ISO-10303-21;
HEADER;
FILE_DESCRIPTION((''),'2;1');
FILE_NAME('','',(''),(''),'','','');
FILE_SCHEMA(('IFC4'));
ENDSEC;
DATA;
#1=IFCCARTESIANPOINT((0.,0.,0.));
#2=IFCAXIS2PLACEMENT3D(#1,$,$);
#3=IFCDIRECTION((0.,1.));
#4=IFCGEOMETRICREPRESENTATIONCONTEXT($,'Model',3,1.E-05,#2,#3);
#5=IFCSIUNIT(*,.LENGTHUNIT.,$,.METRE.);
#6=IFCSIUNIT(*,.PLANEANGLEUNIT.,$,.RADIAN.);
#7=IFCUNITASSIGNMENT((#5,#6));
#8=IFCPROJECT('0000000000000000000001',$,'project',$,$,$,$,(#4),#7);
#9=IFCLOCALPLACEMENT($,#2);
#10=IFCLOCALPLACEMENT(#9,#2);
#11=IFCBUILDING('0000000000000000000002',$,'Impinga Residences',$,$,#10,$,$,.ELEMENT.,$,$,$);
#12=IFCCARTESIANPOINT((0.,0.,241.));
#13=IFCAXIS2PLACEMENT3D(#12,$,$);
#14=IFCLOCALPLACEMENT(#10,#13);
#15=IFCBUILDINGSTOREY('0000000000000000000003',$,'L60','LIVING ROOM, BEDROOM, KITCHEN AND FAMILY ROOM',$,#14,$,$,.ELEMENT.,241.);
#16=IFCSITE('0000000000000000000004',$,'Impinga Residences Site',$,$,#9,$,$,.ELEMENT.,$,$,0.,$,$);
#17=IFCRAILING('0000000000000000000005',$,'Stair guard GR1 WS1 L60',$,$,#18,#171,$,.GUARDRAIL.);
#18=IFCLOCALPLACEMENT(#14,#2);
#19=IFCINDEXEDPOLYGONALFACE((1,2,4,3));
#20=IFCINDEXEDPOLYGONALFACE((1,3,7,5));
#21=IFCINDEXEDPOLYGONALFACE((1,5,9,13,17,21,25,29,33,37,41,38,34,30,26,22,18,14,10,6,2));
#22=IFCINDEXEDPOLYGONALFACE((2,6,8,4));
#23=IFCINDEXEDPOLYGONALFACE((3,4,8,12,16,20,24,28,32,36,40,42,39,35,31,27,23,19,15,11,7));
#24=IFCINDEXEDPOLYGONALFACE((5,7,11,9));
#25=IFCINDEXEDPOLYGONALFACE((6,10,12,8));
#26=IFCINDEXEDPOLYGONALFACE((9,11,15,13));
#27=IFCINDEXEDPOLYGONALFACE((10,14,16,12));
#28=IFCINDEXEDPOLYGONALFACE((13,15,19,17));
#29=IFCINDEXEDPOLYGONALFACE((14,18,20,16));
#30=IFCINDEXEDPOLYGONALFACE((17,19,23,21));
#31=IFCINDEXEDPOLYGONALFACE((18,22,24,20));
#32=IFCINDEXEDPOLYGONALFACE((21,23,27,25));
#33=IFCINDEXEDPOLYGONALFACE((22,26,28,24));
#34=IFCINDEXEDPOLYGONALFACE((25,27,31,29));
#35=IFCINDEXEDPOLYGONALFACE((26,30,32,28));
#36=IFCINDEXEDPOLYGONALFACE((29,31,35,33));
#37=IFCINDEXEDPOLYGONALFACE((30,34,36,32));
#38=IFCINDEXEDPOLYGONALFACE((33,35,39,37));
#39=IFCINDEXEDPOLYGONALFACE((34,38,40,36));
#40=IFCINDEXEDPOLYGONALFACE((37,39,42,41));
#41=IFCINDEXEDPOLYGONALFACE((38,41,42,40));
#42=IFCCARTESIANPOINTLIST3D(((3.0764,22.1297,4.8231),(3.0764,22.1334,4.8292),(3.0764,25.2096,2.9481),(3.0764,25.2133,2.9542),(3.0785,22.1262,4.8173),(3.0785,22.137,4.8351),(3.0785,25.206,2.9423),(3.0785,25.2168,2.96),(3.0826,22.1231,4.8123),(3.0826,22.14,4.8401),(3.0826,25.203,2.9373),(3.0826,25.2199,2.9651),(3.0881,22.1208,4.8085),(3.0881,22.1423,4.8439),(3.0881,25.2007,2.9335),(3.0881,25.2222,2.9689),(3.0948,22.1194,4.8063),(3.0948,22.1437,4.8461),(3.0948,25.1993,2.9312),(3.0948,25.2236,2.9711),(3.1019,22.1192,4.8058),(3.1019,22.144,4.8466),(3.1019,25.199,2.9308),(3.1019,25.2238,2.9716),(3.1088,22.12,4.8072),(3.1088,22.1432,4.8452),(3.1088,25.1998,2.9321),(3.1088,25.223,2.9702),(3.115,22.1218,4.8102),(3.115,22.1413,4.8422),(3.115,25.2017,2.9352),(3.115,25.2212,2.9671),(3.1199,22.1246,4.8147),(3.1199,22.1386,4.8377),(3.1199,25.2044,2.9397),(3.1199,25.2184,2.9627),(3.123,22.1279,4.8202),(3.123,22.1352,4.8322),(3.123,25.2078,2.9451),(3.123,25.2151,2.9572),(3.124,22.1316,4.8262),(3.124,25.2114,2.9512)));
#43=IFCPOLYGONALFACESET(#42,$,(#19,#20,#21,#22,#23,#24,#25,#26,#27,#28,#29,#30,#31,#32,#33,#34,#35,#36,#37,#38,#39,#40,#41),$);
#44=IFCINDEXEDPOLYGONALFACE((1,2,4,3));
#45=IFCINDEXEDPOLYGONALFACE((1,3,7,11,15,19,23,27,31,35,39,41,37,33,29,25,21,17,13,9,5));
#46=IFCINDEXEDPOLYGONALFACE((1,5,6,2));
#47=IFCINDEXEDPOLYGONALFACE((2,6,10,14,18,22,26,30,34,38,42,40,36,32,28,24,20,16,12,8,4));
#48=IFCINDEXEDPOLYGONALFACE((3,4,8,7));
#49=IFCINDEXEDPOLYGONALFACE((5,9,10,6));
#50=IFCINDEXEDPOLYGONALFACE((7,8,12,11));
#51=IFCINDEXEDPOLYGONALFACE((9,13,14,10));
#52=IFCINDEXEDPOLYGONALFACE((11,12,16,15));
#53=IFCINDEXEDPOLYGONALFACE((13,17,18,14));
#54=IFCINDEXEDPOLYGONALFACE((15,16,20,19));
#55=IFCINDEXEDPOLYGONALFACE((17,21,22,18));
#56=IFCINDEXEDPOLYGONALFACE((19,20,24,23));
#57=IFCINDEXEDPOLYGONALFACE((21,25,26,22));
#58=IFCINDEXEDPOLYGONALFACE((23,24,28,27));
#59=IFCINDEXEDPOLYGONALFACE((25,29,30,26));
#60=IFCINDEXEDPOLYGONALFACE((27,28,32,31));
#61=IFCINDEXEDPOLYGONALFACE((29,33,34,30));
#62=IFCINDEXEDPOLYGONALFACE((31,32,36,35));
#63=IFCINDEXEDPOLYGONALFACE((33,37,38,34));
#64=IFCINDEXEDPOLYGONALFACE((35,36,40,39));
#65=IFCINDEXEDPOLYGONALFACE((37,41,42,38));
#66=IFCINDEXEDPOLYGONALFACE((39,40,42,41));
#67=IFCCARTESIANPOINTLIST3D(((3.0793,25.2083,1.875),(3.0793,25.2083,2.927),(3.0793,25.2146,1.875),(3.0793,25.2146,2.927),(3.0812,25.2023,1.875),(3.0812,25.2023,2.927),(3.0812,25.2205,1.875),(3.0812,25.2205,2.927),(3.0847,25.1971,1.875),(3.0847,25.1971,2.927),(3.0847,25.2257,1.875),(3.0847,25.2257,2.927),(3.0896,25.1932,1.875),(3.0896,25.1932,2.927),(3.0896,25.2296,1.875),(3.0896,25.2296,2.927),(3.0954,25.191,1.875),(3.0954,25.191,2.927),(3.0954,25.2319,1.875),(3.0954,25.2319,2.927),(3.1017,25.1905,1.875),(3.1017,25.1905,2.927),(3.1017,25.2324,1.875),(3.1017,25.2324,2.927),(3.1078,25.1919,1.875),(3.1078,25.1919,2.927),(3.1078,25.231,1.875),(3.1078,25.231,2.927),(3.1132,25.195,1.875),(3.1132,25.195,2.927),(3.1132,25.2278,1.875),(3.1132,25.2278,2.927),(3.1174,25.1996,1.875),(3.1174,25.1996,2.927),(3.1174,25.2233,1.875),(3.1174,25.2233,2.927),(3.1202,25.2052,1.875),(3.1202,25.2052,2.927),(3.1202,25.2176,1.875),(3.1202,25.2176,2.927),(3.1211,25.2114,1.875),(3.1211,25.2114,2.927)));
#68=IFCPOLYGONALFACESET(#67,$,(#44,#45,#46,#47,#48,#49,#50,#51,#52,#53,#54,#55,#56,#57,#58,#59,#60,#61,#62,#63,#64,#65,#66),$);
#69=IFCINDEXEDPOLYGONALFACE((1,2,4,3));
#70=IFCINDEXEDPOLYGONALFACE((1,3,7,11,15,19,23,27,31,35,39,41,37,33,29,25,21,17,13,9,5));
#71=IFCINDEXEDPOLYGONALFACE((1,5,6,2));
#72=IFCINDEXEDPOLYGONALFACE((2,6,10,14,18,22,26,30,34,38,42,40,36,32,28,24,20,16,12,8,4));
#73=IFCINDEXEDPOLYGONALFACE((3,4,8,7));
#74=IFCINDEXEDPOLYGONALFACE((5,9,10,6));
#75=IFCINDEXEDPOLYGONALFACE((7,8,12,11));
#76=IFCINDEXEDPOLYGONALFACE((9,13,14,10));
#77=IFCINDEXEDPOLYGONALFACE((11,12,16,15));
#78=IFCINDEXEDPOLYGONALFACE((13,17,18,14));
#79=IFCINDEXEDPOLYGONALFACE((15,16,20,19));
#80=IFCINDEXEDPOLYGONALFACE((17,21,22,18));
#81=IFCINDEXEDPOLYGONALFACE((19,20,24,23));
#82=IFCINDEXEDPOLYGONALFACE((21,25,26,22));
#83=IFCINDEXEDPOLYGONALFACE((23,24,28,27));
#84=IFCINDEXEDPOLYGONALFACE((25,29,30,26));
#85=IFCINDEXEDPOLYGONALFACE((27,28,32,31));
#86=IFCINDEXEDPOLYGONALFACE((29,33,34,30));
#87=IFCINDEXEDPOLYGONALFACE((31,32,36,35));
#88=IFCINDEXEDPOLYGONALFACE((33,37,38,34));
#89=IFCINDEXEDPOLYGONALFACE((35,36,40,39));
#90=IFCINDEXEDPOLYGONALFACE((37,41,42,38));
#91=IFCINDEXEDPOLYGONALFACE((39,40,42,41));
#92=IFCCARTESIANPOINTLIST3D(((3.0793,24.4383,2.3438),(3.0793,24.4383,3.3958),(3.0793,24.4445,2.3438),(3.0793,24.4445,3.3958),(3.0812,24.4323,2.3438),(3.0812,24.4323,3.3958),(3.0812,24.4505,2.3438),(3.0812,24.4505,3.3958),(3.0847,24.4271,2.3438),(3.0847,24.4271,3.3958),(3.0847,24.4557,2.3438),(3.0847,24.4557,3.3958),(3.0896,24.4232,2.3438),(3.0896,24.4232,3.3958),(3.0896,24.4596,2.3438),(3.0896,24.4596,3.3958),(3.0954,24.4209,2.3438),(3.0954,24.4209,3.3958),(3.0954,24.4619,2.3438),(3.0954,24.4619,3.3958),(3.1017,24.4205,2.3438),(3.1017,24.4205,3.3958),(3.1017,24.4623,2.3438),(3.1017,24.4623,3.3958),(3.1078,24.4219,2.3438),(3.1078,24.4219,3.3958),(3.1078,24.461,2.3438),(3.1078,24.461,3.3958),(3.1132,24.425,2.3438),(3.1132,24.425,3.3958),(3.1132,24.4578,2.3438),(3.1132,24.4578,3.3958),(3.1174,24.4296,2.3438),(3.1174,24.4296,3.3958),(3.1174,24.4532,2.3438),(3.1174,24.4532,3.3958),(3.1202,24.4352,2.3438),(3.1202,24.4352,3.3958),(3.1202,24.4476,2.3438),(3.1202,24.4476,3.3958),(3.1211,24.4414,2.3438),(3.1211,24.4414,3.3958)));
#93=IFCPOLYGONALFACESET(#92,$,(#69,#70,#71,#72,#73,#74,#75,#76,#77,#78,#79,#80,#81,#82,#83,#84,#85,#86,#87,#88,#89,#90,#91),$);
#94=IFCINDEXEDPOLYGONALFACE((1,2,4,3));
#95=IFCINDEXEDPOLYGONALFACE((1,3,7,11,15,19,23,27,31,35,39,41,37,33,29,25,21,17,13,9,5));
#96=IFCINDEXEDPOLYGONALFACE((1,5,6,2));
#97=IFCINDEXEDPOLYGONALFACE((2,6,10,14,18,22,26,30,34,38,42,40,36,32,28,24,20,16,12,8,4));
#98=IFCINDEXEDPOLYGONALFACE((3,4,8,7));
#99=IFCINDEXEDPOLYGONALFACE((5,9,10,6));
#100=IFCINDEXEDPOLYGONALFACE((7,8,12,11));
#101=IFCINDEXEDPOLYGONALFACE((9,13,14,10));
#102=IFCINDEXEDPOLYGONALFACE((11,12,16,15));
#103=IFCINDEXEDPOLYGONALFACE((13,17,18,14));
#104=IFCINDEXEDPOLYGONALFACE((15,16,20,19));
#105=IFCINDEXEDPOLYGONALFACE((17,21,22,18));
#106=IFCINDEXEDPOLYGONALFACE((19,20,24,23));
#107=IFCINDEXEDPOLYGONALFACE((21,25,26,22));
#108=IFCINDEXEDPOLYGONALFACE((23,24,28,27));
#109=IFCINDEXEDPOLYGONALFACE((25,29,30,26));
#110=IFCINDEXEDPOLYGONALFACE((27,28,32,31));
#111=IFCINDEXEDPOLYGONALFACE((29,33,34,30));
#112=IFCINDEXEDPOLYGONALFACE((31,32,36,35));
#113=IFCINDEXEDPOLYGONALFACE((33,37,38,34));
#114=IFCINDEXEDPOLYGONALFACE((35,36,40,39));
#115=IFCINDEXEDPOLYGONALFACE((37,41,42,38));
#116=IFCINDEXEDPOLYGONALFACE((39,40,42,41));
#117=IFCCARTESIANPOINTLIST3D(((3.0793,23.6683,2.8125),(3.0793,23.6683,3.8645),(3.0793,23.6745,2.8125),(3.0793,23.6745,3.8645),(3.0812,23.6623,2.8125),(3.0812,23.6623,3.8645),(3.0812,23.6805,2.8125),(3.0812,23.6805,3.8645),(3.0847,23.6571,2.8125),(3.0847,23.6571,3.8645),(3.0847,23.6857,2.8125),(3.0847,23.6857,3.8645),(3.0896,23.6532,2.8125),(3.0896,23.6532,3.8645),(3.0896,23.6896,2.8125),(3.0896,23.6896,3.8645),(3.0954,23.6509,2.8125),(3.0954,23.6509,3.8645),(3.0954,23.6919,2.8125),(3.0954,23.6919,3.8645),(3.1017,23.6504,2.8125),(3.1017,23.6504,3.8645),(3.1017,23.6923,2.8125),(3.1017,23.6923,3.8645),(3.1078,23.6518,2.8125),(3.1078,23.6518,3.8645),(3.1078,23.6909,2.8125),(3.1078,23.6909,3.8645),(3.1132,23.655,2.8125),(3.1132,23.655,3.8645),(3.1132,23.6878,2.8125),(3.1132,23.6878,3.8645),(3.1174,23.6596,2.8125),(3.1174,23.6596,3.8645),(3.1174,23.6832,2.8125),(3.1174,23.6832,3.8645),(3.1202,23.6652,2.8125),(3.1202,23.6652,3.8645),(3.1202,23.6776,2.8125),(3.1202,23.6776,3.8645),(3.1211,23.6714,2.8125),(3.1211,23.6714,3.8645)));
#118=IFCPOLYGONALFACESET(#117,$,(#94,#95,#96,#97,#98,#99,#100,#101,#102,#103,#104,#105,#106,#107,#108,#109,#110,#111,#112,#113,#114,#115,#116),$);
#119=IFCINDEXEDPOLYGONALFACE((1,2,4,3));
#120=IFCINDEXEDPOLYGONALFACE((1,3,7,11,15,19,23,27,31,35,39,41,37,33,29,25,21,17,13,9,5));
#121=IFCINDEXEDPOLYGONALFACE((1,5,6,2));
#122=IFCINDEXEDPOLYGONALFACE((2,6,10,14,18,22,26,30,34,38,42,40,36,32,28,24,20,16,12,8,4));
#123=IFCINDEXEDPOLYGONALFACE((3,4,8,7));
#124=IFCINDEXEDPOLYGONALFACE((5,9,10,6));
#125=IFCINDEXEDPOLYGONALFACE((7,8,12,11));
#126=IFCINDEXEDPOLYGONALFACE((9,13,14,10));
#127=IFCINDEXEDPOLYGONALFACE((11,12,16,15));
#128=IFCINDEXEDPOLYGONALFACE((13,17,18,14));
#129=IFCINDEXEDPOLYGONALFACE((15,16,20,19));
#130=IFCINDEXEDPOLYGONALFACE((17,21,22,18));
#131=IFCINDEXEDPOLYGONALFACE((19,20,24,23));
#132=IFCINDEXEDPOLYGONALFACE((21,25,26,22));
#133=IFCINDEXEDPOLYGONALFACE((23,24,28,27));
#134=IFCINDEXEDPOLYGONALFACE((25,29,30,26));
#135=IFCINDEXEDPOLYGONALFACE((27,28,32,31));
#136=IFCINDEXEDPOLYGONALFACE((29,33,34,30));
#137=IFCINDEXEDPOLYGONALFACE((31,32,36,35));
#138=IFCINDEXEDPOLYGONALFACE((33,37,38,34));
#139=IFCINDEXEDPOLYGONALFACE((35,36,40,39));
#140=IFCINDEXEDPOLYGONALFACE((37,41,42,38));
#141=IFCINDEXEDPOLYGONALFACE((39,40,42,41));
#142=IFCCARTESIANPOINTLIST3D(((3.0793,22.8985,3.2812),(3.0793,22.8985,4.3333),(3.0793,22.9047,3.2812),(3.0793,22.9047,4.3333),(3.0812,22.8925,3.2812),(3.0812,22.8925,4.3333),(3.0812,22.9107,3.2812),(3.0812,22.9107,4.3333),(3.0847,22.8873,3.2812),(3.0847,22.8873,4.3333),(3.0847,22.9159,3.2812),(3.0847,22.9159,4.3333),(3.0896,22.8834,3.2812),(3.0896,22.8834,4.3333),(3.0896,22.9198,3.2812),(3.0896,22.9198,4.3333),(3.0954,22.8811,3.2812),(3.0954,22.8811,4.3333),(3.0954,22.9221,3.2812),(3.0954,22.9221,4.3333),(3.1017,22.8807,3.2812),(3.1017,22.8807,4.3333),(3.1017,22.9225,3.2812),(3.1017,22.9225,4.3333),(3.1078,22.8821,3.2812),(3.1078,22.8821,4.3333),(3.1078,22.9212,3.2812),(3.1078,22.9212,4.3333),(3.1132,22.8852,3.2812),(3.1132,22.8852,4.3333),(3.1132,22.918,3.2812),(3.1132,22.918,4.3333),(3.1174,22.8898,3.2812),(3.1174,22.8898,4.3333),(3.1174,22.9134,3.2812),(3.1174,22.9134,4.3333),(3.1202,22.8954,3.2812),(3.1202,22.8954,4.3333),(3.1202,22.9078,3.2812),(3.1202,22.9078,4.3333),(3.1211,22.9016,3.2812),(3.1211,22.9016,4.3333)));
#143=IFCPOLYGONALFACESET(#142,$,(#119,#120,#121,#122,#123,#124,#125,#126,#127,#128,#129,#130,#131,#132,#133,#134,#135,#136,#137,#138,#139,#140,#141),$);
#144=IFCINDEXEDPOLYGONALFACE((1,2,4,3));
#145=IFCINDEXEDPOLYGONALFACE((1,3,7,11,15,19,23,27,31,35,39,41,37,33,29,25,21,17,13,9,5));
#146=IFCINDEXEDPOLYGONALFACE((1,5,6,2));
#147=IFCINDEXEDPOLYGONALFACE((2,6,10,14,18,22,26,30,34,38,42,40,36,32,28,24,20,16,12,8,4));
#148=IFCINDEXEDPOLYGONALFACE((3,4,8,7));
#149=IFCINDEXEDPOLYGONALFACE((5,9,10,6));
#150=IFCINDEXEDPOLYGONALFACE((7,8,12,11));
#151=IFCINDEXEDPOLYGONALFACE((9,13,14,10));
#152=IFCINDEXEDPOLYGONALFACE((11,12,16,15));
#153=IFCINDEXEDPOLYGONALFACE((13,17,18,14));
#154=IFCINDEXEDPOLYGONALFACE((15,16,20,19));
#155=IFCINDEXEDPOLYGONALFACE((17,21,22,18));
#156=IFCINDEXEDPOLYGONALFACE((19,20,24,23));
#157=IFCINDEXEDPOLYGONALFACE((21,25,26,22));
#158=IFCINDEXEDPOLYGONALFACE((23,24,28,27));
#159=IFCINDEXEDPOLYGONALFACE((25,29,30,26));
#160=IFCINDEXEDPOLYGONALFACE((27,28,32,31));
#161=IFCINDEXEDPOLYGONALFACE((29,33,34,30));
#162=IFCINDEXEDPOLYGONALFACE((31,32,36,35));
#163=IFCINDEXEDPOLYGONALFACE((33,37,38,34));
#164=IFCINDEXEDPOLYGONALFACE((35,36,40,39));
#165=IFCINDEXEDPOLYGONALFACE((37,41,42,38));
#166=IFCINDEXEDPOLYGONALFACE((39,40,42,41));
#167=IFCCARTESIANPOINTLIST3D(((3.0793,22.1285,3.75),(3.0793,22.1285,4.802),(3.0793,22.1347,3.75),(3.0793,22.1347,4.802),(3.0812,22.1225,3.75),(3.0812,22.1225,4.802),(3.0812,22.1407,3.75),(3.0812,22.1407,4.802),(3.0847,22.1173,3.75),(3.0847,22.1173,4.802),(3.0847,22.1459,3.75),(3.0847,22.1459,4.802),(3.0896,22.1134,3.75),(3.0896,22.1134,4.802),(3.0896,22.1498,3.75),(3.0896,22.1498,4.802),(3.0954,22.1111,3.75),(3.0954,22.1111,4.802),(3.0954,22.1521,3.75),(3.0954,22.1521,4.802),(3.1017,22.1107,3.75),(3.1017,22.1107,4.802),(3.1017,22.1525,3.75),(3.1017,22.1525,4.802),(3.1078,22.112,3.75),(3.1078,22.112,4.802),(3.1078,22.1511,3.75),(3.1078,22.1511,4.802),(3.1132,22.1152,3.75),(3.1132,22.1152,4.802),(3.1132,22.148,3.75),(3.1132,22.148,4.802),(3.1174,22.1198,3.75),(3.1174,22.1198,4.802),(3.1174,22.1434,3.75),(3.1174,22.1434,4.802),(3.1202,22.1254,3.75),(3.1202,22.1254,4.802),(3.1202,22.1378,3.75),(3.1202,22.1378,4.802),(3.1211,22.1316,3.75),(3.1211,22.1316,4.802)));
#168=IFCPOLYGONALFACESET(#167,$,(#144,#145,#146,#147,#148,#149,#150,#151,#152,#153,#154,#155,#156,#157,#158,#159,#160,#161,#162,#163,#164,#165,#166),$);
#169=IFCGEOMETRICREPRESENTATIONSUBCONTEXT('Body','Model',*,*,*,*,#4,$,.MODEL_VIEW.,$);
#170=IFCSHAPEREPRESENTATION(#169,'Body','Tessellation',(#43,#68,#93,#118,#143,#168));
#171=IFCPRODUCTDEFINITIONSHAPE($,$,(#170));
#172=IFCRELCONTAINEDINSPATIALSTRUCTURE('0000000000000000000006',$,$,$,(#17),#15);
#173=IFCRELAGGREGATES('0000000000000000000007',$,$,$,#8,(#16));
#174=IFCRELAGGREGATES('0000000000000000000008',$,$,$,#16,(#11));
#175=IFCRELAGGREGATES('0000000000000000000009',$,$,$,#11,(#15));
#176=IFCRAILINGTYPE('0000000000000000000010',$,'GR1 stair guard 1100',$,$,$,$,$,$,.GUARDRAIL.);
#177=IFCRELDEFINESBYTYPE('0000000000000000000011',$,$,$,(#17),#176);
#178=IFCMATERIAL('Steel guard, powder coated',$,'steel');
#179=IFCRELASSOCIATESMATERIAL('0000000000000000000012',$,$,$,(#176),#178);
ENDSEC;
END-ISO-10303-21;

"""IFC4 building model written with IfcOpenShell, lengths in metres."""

from ifc_helpers import new_model, si_unit, direction, frame, origin, origin_2d, place, context, subcontext, project, spatial, circle, extrude, material, type_object, element, save


model = new_model("IFC4")

# Units and contexts
model_context = context("Model", 3, precision=1e-05, world=origin(), true_north=direction((0.0, 1.0)))
body_context = subcontext(model_context, "Body", "Model", "MODEL_VIEW")
ifc_project = project(units=[si_unit("LENGTHUNIT", "METRE"), si_unit("PLANEANGLEUNIT", "RADIAN")], contexts=[model_context])

# Site, building, storey
site_placement = place(None, origin())
site = spatial("IfcSite", under=ifc_project, at=site_placement, Name="Impinga Residences Site", CompositionType="ELEMENT", RefElevation=0.0)
building_placement = place(site_placement, origin())
building = spatial("IfcBuilding", under=site, at=building_placement, Name="Impinga Residences", CompositionType="ELEMENT")
storey_placement = place(building_placement, frame((0.0, 0.0, 241.0)))
storey = spatial("IfcBuildingStorey", under=building, at=storey_placement, Name="L60", Description="LIVING ROOM, BEDROOM, KITCHEN AND FAMILY ROOM", CompositionType="ELEMENT", Elevation=241.0)

# Railing
ifc_material_1 = material(Name="Steel guard, powder coated", Category="steel")
railing_type_1 = type_object("IfcRailingType", Name="GR1 stair guard 1100", PredefinedType="GUARDRAIL", material=ifc_material_1)
railing_1_placement = place(storey_placement, frame((3.1001, 25.2114, 1.875)))
element("IfcRailing", 1, at=railing_1_placement, inside=storey, type_object=railing_type_1, Name="Stair guard GR1 WS1 L60", PredefinedType="GUARDRAIL", context=body_context, shape_type="SweptSolid", body=[
    extrude(circle(Radius=0.0239, at=origin_2d()), frame((0.0, 0.0, 1.0762), z_axis=(0.0, -0.854159, 0.520011), x_axis=(1.0, 0.0, 0.0)), (0.0, 0.0, 1.0), 3.6057),
    extrude(circle(Radius=0.021, at=origin_2d()), origin(), (0.0, 0.0, 1.0), 1.052),
    extrude(circle(Radius=0.021, at=origin_2d()), frame((0.0, -0.77, 0.4688)), (0.0, 0.0, 1.0), 1.052),
    extrude(circle(Radius=0.021, at=origin_2d()), frame((0.0, -1.54, 0.9375)), (0.0, 0.0, 1.0), 1.052),
    extrude(circle(Radius=0.021, at=origin_2d()), frame((0.0, -2.3098, 1.4062)), (0.0, 0.0, 1.0), 1.052),
    extrude(circle(Radius=0.021, at=origin_2d()), frame((0.0, -3.0798, 1.875)), (0.0, 0.0, 1.0), 1.052),
])

save(model, "model.ifc")
